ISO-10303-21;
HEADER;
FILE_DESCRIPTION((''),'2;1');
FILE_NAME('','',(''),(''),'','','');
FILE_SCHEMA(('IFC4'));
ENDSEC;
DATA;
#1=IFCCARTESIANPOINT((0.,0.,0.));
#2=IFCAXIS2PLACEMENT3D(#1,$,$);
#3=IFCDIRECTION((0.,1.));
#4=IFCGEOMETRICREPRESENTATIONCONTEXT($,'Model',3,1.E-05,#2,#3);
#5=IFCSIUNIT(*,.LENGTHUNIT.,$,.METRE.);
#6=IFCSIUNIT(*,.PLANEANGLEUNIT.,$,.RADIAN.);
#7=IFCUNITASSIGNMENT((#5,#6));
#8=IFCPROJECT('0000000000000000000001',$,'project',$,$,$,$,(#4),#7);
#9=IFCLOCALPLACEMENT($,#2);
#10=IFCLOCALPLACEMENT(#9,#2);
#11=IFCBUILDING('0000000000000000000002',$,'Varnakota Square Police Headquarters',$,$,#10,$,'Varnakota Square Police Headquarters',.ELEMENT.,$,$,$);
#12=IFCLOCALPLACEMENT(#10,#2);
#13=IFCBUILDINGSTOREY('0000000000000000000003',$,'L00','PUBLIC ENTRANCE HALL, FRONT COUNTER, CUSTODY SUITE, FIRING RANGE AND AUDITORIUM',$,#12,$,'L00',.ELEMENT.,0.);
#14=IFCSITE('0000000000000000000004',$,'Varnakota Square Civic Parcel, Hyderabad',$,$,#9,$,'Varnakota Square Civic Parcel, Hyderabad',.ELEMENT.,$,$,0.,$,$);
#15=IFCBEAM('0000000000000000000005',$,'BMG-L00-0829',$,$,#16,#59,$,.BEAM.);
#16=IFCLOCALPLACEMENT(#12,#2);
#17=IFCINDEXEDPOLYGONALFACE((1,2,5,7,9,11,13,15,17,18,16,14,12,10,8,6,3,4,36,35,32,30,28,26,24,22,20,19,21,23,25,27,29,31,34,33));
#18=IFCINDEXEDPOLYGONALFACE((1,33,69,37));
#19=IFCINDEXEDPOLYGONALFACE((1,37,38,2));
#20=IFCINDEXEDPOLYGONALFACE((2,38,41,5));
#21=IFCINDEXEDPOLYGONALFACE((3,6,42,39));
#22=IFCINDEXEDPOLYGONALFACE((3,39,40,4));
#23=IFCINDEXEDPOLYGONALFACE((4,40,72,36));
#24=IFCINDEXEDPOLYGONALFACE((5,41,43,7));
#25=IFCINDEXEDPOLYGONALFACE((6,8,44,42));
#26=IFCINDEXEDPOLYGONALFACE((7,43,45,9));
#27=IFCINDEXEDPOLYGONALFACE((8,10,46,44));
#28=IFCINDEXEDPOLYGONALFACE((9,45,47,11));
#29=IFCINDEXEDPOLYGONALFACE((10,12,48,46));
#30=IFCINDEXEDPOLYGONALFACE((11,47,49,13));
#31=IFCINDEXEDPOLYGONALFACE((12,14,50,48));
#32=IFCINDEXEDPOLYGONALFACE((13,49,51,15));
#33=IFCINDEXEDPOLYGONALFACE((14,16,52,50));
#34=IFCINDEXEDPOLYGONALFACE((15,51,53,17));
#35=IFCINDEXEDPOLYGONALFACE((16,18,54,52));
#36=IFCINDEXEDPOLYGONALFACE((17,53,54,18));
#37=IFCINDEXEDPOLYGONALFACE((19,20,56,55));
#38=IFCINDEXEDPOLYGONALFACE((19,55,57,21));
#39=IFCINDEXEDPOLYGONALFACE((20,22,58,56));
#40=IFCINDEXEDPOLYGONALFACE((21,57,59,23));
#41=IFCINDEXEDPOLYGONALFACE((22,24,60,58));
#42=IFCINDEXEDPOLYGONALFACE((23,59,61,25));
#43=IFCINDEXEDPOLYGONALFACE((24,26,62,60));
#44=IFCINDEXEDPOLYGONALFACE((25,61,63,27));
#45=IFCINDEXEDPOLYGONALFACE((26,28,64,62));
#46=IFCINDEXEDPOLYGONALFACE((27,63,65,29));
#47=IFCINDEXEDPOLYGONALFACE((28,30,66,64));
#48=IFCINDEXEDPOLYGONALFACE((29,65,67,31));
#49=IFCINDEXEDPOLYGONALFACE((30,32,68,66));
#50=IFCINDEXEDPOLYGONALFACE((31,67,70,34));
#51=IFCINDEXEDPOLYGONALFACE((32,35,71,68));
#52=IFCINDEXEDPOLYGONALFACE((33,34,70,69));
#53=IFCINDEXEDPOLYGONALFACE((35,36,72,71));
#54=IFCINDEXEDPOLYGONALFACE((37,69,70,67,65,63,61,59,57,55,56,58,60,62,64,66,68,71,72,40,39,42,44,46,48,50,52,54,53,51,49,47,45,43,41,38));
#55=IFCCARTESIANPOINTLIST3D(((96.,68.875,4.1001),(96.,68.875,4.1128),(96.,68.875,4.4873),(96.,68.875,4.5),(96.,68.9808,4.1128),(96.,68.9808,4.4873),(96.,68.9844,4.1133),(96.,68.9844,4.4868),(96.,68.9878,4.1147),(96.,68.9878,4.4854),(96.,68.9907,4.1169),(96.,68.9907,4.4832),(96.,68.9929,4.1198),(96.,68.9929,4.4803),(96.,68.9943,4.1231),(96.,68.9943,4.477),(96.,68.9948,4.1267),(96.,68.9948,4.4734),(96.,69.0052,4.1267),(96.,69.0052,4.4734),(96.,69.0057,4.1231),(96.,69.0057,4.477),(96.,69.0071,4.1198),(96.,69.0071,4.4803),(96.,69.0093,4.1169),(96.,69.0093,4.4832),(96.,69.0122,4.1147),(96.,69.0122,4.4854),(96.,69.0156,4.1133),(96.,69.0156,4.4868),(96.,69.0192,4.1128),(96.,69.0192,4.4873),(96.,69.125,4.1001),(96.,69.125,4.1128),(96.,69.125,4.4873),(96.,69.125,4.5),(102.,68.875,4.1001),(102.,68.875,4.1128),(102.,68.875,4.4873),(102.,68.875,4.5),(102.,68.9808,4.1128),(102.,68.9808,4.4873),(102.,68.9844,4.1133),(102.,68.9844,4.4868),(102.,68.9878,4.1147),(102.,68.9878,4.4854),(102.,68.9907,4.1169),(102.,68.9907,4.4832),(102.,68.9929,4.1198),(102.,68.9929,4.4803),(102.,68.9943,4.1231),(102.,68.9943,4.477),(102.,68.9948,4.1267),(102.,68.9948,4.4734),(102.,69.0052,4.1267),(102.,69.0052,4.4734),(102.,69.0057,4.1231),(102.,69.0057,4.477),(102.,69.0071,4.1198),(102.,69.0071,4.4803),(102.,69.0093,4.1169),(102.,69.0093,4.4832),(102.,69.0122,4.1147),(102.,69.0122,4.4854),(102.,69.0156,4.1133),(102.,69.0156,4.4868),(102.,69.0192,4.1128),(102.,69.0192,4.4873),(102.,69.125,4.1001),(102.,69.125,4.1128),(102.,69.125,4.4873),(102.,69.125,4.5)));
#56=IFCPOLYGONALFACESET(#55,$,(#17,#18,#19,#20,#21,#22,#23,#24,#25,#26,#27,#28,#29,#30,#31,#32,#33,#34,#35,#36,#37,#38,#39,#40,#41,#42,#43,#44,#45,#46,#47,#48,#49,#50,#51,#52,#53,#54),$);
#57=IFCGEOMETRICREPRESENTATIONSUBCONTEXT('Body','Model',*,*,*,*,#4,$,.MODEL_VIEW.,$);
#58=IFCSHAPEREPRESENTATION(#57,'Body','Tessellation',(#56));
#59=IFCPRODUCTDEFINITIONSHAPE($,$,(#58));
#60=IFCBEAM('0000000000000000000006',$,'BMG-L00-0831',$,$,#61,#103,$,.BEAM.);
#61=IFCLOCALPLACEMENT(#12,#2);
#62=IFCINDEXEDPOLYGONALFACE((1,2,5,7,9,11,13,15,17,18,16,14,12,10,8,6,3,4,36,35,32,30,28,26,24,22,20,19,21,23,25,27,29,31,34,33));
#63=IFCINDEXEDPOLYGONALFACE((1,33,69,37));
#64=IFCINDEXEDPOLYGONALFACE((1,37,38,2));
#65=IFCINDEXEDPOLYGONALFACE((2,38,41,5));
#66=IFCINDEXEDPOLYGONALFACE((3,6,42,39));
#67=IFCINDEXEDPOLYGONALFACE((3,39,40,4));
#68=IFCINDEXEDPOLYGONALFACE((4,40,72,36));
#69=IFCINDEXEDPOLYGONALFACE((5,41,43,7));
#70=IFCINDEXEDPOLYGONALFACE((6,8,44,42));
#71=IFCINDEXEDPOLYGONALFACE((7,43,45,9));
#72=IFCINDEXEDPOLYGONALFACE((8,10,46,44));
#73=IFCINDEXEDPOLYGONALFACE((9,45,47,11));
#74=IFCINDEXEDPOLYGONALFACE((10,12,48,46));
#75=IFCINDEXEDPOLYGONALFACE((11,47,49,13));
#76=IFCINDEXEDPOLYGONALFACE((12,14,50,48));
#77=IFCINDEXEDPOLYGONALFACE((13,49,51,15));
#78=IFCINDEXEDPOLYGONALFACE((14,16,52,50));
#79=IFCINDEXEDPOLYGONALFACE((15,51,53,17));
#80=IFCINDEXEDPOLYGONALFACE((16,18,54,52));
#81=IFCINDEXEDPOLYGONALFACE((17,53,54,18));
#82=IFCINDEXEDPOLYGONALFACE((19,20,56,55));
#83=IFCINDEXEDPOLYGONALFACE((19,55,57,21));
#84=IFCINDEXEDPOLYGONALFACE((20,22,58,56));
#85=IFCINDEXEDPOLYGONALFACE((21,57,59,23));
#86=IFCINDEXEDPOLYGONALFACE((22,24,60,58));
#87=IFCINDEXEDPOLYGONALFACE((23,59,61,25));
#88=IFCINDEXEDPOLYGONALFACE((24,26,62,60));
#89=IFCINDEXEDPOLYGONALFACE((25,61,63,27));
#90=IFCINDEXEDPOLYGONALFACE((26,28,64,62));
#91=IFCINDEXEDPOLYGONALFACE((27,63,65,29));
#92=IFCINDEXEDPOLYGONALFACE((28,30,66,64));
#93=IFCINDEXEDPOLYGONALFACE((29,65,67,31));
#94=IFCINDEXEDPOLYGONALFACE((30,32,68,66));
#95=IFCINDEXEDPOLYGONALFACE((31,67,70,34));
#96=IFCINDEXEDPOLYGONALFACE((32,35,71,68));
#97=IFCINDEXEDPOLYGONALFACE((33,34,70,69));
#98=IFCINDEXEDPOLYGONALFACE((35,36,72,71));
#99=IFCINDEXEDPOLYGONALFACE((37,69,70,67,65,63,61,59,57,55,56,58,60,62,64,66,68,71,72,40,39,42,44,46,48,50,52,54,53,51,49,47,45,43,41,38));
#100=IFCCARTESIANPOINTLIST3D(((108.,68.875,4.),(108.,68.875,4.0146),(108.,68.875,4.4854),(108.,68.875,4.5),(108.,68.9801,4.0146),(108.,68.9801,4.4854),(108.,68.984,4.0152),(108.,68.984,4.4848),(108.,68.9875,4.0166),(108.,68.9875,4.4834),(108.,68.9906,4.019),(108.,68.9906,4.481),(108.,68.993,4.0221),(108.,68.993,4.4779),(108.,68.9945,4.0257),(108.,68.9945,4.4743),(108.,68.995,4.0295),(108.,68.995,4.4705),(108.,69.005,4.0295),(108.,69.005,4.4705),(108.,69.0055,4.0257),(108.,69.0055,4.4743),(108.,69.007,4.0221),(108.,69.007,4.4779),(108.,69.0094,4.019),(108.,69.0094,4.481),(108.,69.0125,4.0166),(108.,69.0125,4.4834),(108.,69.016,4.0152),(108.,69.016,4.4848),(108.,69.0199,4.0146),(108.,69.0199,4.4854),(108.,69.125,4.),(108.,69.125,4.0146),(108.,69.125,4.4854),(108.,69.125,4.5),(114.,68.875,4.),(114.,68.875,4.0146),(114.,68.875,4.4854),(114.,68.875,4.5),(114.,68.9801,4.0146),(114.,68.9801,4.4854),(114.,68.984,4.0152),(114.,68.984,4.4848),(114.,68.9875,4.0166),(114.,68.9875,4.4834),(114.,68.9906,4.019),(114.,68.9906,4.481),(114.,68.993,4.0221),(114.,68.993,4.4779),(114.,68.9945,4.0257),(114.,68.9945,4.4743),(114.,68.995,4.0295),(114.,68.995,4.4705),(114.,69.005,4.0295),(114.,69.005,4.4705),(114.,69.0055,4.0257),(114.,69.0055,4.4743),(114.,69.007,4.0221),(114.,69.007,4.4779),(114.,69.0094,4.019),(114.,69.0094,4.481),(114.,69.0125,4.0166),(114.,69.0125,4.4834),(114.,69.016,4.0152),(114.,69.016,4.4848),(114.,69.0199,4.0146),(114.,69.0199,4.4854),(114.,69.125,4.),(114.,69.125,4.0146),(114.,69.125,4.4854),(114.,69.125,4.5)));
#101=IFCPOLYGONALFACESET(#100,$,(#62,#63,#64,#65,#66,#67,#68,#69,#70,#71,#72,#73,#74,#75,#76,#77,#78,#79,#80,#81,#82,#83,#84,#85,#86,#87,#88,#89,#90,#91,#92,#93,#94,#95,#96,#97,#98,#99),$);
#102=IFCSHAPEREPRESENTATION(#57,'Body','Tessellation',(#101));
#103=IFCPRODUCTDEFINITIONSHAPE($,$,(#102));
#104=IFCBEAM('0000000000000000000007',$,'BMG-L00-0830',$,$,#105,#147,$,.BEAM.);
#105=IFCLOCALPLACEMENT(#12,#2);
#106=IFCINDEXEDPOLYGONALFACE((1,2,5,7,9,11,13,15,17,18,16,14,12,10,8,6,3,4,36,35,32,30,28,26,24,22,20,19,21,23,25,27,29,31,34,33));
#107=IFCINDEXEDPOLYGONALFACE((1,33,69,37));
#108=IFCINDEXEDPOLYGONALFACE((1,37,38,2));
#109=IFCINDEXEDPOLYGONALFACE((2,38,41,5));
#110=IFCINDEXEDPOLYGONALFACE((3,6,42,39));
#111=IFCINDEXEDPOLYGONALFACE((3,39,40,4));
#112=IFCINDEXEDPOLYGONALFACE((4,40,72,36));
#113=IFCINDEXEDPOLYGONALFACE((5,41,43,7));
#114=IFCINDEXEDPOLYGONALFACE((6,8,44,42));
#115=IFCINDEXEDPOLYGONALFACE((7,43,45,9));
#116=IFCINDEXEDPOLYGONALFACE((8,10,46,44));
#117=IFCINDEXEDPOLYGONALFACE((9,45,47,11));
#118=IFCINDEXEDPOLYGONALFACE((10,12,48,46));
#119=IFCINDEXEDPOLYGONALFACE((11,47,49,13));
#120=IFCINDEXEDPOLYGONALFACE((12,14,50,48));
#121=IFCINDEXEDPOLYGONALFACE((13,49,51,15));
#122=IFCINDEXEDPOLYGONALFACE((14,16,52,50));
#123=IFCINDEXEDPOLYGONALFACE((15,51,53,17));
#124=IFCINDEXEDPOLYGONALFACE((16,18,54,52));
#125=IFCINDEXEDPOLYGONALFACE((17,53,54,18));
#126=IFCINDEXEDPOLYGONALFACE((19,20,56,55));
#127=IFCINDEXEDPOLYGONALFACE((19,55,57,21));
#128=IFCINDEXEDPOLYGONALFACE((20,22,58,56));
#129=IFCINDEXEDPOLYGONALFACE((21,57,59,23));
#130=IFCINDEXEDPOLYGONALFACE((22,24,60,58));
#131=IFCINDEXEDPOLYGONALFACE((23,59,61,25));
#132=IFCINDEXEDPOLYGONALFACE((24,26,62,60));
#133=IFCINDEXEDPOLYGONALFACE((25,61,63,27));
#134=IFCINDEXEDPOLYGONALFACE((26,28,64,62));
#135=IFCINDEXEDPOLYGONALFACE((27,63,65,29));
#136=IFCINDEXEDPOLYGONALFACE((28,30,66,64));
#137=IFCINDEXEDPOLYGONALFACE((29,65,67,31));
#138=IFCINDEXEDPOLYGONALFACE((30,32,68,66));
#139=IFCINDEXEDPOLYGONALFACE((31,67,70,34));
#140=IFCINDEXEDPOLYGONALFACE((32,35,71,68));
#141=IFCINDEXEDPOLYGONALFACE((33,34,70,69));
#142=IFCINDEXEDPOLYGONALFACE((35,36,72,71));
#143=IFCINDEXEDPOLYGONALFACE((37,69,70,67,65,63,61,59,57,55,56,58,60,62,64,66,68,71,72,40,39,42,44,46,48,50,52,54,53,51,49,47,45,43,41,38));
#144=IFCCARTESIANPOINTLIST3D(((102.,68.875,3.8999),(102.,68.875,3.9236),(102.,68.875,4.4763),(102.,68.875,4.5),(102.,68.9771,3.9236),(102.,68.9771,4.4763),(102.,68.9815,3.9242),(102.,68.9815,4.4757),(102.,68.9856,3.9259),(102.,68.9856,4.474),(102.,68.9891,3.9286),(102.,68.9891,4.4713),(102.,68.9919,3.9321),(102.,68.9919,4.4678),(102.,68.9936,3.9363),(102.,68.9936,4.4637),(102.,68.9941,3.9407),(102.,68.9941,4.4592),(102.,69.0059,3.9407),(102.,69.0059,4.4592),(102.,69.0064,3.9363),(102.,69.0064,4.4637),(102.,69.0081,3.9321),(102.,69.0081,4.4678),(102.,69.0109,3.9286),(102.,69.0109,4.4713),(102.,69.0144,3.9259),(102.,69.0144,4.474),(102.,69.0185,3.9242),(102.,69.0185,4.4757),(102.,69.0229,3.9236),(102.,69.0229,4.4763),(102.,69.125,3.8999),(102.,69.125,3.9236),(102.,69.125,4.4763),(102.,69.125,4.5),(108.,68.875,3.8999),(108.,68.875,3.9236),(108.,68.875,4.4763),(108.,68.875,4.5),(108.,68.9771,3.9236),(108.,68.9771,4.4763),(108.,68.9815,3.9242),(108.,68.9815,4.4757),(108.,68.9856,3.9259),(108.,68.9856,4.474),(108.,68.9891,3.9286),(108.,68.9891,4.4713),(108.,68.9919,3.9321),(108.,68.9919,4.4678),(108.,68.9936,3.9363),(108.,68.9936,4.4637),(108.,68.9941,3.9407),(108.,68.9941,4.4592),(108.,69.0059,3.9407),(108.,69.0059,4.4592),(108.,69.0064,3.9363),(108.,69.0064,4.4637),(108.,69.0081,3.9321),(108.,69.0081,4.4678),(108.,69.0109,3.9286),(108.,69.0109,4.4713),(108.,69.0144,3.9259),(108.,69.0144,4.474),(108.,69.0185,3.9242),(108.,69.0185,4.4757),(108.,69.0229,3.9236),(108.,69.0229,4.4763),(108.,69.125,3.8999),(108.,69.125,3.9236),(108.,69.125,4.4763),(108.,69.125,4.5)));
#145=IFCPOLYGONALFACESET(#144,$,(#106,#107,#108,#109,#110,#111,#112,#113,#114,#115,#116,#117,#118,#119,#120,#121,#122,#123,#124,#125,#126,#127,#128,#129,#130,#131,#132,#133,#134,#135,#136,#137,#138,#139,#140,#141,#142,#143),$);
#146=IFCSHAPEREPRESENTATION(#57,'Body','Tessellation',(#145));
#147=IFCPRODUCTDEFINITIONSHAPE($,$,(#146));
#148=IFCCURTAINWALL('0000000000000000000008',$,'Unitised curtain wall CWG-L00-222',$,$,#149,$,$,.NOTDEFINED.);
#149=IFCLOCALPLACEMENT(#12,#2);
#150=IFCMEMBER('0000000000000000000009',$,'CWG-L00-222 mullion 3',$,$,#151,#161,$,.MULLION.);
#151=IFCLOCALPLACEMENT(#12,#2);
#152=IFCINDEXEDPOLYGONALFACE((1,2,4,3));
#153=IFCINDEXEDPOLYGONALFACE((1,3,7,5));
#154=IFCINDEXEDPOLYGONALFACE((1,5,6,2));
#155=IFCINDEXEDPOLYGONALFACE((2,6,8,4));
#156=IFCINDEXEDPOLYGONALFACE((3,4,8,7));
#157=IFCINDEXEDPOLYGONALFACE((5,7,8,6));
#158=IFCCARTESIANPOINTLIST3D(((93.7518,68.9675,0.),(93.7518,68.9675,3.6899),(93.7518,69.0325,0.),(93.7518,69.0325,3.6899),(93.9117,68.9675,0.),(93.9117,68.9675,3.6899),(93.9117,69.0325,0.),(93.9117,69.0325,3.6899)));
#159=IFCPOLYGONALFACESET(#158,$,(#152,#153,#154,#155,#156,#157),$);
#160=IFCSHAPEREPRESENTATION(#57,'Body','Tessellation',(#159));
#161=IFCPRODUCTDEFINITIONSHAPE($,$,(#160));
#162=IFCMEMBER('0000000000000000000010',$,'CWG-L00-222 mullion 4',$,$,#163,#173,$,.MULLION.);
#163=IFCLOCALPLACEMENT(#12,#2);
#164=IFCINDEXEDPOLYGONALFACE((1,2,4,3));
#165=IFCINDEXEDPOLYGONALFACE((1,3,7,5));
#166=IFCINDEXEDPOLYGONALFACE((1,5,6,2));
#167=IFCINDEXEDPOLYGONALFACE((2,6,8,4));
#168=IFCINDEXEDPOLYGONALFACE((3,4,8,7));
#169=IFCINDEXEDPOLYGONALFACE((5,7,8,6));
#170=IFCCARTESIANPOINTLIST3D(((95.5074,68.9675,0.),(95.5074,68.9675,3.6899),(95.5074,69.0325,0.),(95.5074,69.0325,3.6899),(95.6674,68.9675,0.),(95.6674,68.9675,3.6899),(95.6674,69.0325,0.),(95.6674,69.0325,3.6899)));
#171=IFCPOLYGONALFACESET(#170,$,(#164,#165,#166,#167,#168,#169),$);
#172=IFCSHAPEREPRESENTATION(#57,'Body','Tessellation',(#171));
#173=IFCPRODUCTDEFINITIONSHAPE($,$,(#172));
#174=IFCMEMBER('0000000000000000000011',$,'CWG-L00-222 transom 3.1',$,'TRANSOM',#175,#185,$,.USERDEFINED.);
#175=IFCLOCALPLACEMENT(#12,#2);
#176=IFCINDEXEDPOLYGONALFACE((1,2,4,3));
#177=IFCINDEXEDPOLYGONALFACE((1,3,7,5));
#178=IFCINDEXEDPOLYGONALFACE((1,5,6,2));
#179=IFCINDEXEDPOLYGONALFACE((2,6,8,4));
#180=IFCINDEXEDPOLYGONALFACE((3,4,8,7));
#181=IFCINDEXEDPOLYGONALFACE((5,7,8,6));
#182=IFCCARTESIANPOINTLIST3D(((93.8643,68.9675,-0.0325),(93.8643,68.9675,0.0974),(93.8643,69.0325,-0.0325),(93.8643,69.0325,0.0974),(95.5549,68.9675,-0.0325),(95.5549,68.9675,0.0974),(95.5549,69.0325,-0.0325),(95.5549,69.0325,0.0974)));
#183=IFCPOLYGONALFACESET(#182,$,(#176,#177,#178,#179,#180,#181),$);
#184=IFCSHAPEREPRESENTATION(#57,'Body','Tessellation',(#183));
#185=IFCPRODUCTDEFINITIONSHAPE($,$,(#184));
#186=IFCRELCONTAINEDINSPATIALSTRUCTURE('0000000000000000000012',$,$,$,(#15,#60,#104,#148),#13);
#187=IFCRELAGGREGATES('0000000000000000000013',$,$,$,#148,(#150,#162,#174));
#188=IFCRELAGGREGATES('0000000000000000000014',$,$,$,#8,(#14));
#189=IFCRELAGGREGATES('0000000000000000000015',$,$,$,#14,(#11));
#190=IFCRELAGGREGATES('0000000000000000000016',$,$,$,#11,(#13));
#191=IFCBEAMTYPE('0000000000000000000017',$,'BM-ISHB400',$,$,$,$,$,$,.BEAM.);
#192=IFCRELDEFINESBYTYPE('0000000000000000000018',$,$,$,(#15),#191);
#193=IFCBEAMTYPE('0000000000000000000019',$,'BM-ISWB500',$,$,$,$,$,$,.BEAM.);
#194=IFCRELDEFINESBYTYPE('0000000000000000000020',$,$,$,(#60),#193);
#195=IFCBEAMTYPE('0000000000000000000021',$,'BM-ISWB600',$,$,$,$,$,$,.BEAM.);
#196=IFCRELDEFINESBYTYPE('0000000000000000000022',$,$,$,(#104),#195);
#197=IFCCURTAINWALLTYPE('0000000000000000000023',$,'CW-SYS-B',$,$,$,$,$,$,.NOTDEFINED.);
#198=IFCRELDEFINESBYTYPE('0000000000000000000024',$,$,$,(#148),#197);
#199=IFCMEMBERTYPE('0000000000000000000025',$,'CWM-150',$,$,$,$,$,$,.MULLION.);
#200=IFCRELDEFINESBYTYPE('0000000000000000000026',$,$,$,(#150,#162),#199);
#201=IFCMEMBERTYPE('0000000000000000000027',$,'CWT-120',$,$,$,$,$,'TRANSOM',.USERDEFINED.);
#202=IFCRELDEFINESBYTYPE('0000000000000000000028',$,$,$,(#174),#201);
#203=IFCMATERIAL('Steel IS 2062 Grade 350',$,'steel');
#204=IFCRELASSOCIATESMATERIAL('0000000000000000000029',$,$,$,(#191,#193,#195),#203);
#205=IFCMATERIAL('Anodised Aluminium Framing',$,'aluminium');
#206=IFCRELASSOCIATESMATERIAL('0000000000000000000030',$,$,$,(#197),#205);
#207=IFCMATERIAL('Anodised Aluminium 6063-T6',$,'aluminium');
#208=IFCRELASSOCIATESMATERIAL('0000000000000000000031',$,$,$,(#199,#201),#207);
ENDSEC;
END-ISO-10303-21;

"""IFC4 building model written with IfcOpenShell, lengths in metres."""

from ifc_helpers import new_model, si_unit, direction, frame, origin, origin_2d, place, context, subcontext, project, spatial, rectangle, i_section, extrude, material, material_profile, profile_set, type_object, element, aggregate, save


model = new_model("IFC4")

# Units and contexts
model_context = context("Model", 3, precision=1e-05, world=origin(), true_north=direction((0.0, 1.0)))
body_context = subcontext(model_context, "Body", "Model", "MODEL_VIEW")
ifc_project = project(units=[si_unit("LENGTHUNIT", "METRE"), si_unit("PLANEANGLEUNIT", "RADIAN")], contexts=[model_context])

# Site, building, storey
site_placement = place(None, origin())
site = spatial("IfcSite", under=ifc_project, at=site_placement, Name="Varnakota Square Civic Parcel, Hyderabad", LongName="Varnakota Square Civic Parcel, Hyderabad", CompositionType="ELEMENT", RefElevation=0.0)
building_placement = place(site_placement, origin())
building = spatial("IfcBuilding", under=site, at=building_placement, Name="Varnakota Square Police Headquarters", LongName="Varnakota Square Police Headquarters", CompositionType="ELEMENT")
storey_placement = place(building_placement, origin())
storey = spatial("IfcBuildingStorey", under=building, at=storey_placement, Name="L00", Description="PUBLIC ENTRANCE HALL, FRONT COUNTER, CUSTODY SUITE, FIRING RANGE AND AUDITORIUM", LongName="L00", CompositionType="ELEMENT", Elevation=0.0)

# Beams
ifc_material_1 = material(Name="Steel IS 2062 Grade 350", Category="steel")
ifc_material_profile_1 = material_profile(ifc_material_1, i_section(OverallWidth=0.25, OverallDepth=0.3999, WebThickness=0.0105, FlangeThickness=0.0127, FilletRadius=0.0139, at=origin_2d()), Name="ISHB 400")
ifc_profile_set_1 = profile_set([ifc_material_profile_1], Name="Steel IS 2062 Grade 350")
beam_type_1 = type_object("IfcBeamType", Name="BM-ISHB400", PredefinedType="BEAM", material=ifc_profile_set_1)
beam_1_placement = place(storey_placement, frame((96.0, 69.0, 4.3), z_axis=(1.0, 0.0, 0.0), x_axis=(0.0, 1.0, 0.0)))
element("IfcBeam", 1, at=beam_1_placement, inside=storey, type_object=beam_type_1, Name="BMG-L00-0829", PredefinedType="BEAM", context=body_context, shape_type="SweptSolid", body=[
    extrude(i_section(OverallWidth=0.25, OverallDepth=0.3999, WebThickness=0.0105, FlangeThickness=0.0127, FilletRadius=0.0139, at=origin_2d()), origin(), (0.0, 0.0, 1.0), 6.0),
])
ifc_material_profile_2 = material_profile(ifc_material_1, i_section(OverallWidth=0.25, OverallDepth=0.5, WebThickness=0.01, FlangeThickness=0.0146, FilletRadius=0.0149, at=origin_2d()), Name="ISWB 500")
ifc_profile_set_2 = profile_set([ifc_material_profile_2], Name="Steel IS 2062 Grade 350")
beam_type_2 = type_object("IfcBeamType", Name="BM-ISWB500", PredefinedType="BEAM", material=ifc_profile_set_2)
beam_2_placement = place(storey_placement, frame((108.0, 69.0, 4.25), z_axis=(1.0, 0.0, 0.0), x_axis=(0.0, 1.0, 0.0)))
element("IfcBeam", 2, at=beam_2_placement, inside=storey, type_object=beam_type_2, Name="BMG-L00-0831", PredefinedType="BEAM", context=body_context, shape_type="SweptSolid", body=[
    extrude(i_section(OverallWidth=0.25, OverallDepth=0.5, WebThickness=0.01, FlangeThickness=0.0146, FilletRadius=0.0149, at=origin_2d()), origin(), (0.0, 0.0, 1.0), 6.0),
])
ifc_material_profile_3 = material_profile(ifc_material_1, i_section(OverallWidth=0.25, OverallDepth=0.6001, WebThickness=0.0117, FlangeThickness=0.0237, FilletRadius=0.0171, at=origin_2d()), Name="ISWB 600")
ifc_profile_set_3 = profile_set([ifc_material_profile_3], Name="Steel IS 2062 Grade 350")
beam_type_3 = type_object("IfcBeamType", Name="BM-ISWB600", PredefinedType="BEAM", material=ifc_profile_set_3)
beam_3_placement = place(storey_placement, frame((102.0, 69.0, 4.2), z_axis=(1.0, 0.0, 0.0), x_axis=(0.0, 1.0, 0.0)))
element("IfcBeam", 3, at=beam_3_placement, inside=storey, type_object=beam_type_3, Name="BMG-L00-0830", PredefinedType="BEAM", context=body_context, shape_type="SweptSolid", body=[
    extrude(i_section(OverallWidth=0.25, OverallDepth=0.6001, WebThickness=0.0117, FlangeThickness=0.0237, FilletRadius=0.0171, at=origin_2d()), origin(), (0.0, 0.0, 1.0), 6.0),
])

# Curtain wall, members
ifc_material_2 = material(Name="Anodised Aluminium Framing", Category="aluminium")
curtain_wall_type = type_object("IfcCurtainWallType", Name="CW-SYS-B", PredefinedType="NOTDEFINED", material=ifc_material_2)
curtain_wall_placement = place(storey_placement, origin())
curtain_wall = element("IfcCurtainWall", 4, at=curtain_wall_placement, inside=storey, type_object=curtain_wall_type, Name="Unitised curtain wall CWG-L00-222", PredefinedType="NOTDEFINED")
ifc_material_3 = material(Name="Anodised Aluminium 6063-T6", Category="aluminium")
ifc_material_profile_4 = material_profile(ifc_material_3, rectangle(XDim=0.0649, YDim=0.1599, at=origin_2d()), Name="ALU MULLION 65x160")
ifc_profile_set_4 = profile_set([ifc_material_profile_4], Name="Anodised Aluminium 6063-T6")
member_type_1 = type_object("IfcMemberType", Name="CWM-150", PredefinedType="MULLION", material=ifc_profile_set_4)
member_1_placement = place(storey_placement, frame((93.8318, 69.0, 0.0), z_axis=(0.0, 0.0, 1.0), x_axis=(0.0, 1.0, 0.0)))
member_1 = element("IfcMember", 5, at=member_1_placement, type_object=member_type_1, Name="CWG-L00-222 mullion 3", PredefinedType="MULLION", context=body_context, shape_type="SweptSolid", body=[
    extrude(rectangle(XDim=0.0649, YDim=0.1599, at=origin_2d()), origin(), (0.0, 0.0, 1.0), 3.6899),
])
member_2_placement = place(storey_placement, frame((95.5874, 69.0, 0.0), z_axis=(0.0, 0.0, 1.0), x_axis=(0.0, 1.0, 0.0)))
member_2 = element("IfcMember", 6, at=member_2_placement, type_object=member_type_1, Name="CWG-L00-222 mullion 4", PredefinedType="MULLION", context=body_context, shape_type="SweptSolid", body=[
    extrude(rectangle(XDim=0.0649, YDim=0.1599, at=origin_2d()), origin(), (0.0, 0.0, 1.0), 3.6899),
])
ifc_material_profile_5 = material_profile(ifc_material_3, rectangle(XDim=0.0649, YDim=0.1299, at=origin_2d()), Name="ALU TRANSOM 65x130")
ifc_profile_set_5 = profile_set([ifc_material_profile_5], Name="Anodised Aluminium 6063-T6")
member_type_2 = type_object("IfcMemberType", Name="CWT-120", ElementType="TRANSOM", PredefinedType="USERDEFINED", material=ifc_profile_set_5)
member_3_placement = place(storey_placement, frame((93.8643, 69.0, 0.0325), z_axis=(1.0, 0.0, 0.0), x_axis=(0.0, 1.0, 0.0)))
member_3 = element("IfcMember", 7, at=member_3_placement, type_object=member_type_2, Name="CWG-L00-222 transom 3.1", ObjectType="TRANSOM", PredefinedType="USERDEFINED", context=body_context, shape_type="SweptSolid", body=[
    extrude(rectangle(XDim=0.0649, YDim=0.1299, at=origin_2d()), origin(), (0.0, 0.0, 1.0), 1.6907),
])
aggregate(curtain_wall, [member_1, member_2, member_3])

save(model, "model.ifc")
